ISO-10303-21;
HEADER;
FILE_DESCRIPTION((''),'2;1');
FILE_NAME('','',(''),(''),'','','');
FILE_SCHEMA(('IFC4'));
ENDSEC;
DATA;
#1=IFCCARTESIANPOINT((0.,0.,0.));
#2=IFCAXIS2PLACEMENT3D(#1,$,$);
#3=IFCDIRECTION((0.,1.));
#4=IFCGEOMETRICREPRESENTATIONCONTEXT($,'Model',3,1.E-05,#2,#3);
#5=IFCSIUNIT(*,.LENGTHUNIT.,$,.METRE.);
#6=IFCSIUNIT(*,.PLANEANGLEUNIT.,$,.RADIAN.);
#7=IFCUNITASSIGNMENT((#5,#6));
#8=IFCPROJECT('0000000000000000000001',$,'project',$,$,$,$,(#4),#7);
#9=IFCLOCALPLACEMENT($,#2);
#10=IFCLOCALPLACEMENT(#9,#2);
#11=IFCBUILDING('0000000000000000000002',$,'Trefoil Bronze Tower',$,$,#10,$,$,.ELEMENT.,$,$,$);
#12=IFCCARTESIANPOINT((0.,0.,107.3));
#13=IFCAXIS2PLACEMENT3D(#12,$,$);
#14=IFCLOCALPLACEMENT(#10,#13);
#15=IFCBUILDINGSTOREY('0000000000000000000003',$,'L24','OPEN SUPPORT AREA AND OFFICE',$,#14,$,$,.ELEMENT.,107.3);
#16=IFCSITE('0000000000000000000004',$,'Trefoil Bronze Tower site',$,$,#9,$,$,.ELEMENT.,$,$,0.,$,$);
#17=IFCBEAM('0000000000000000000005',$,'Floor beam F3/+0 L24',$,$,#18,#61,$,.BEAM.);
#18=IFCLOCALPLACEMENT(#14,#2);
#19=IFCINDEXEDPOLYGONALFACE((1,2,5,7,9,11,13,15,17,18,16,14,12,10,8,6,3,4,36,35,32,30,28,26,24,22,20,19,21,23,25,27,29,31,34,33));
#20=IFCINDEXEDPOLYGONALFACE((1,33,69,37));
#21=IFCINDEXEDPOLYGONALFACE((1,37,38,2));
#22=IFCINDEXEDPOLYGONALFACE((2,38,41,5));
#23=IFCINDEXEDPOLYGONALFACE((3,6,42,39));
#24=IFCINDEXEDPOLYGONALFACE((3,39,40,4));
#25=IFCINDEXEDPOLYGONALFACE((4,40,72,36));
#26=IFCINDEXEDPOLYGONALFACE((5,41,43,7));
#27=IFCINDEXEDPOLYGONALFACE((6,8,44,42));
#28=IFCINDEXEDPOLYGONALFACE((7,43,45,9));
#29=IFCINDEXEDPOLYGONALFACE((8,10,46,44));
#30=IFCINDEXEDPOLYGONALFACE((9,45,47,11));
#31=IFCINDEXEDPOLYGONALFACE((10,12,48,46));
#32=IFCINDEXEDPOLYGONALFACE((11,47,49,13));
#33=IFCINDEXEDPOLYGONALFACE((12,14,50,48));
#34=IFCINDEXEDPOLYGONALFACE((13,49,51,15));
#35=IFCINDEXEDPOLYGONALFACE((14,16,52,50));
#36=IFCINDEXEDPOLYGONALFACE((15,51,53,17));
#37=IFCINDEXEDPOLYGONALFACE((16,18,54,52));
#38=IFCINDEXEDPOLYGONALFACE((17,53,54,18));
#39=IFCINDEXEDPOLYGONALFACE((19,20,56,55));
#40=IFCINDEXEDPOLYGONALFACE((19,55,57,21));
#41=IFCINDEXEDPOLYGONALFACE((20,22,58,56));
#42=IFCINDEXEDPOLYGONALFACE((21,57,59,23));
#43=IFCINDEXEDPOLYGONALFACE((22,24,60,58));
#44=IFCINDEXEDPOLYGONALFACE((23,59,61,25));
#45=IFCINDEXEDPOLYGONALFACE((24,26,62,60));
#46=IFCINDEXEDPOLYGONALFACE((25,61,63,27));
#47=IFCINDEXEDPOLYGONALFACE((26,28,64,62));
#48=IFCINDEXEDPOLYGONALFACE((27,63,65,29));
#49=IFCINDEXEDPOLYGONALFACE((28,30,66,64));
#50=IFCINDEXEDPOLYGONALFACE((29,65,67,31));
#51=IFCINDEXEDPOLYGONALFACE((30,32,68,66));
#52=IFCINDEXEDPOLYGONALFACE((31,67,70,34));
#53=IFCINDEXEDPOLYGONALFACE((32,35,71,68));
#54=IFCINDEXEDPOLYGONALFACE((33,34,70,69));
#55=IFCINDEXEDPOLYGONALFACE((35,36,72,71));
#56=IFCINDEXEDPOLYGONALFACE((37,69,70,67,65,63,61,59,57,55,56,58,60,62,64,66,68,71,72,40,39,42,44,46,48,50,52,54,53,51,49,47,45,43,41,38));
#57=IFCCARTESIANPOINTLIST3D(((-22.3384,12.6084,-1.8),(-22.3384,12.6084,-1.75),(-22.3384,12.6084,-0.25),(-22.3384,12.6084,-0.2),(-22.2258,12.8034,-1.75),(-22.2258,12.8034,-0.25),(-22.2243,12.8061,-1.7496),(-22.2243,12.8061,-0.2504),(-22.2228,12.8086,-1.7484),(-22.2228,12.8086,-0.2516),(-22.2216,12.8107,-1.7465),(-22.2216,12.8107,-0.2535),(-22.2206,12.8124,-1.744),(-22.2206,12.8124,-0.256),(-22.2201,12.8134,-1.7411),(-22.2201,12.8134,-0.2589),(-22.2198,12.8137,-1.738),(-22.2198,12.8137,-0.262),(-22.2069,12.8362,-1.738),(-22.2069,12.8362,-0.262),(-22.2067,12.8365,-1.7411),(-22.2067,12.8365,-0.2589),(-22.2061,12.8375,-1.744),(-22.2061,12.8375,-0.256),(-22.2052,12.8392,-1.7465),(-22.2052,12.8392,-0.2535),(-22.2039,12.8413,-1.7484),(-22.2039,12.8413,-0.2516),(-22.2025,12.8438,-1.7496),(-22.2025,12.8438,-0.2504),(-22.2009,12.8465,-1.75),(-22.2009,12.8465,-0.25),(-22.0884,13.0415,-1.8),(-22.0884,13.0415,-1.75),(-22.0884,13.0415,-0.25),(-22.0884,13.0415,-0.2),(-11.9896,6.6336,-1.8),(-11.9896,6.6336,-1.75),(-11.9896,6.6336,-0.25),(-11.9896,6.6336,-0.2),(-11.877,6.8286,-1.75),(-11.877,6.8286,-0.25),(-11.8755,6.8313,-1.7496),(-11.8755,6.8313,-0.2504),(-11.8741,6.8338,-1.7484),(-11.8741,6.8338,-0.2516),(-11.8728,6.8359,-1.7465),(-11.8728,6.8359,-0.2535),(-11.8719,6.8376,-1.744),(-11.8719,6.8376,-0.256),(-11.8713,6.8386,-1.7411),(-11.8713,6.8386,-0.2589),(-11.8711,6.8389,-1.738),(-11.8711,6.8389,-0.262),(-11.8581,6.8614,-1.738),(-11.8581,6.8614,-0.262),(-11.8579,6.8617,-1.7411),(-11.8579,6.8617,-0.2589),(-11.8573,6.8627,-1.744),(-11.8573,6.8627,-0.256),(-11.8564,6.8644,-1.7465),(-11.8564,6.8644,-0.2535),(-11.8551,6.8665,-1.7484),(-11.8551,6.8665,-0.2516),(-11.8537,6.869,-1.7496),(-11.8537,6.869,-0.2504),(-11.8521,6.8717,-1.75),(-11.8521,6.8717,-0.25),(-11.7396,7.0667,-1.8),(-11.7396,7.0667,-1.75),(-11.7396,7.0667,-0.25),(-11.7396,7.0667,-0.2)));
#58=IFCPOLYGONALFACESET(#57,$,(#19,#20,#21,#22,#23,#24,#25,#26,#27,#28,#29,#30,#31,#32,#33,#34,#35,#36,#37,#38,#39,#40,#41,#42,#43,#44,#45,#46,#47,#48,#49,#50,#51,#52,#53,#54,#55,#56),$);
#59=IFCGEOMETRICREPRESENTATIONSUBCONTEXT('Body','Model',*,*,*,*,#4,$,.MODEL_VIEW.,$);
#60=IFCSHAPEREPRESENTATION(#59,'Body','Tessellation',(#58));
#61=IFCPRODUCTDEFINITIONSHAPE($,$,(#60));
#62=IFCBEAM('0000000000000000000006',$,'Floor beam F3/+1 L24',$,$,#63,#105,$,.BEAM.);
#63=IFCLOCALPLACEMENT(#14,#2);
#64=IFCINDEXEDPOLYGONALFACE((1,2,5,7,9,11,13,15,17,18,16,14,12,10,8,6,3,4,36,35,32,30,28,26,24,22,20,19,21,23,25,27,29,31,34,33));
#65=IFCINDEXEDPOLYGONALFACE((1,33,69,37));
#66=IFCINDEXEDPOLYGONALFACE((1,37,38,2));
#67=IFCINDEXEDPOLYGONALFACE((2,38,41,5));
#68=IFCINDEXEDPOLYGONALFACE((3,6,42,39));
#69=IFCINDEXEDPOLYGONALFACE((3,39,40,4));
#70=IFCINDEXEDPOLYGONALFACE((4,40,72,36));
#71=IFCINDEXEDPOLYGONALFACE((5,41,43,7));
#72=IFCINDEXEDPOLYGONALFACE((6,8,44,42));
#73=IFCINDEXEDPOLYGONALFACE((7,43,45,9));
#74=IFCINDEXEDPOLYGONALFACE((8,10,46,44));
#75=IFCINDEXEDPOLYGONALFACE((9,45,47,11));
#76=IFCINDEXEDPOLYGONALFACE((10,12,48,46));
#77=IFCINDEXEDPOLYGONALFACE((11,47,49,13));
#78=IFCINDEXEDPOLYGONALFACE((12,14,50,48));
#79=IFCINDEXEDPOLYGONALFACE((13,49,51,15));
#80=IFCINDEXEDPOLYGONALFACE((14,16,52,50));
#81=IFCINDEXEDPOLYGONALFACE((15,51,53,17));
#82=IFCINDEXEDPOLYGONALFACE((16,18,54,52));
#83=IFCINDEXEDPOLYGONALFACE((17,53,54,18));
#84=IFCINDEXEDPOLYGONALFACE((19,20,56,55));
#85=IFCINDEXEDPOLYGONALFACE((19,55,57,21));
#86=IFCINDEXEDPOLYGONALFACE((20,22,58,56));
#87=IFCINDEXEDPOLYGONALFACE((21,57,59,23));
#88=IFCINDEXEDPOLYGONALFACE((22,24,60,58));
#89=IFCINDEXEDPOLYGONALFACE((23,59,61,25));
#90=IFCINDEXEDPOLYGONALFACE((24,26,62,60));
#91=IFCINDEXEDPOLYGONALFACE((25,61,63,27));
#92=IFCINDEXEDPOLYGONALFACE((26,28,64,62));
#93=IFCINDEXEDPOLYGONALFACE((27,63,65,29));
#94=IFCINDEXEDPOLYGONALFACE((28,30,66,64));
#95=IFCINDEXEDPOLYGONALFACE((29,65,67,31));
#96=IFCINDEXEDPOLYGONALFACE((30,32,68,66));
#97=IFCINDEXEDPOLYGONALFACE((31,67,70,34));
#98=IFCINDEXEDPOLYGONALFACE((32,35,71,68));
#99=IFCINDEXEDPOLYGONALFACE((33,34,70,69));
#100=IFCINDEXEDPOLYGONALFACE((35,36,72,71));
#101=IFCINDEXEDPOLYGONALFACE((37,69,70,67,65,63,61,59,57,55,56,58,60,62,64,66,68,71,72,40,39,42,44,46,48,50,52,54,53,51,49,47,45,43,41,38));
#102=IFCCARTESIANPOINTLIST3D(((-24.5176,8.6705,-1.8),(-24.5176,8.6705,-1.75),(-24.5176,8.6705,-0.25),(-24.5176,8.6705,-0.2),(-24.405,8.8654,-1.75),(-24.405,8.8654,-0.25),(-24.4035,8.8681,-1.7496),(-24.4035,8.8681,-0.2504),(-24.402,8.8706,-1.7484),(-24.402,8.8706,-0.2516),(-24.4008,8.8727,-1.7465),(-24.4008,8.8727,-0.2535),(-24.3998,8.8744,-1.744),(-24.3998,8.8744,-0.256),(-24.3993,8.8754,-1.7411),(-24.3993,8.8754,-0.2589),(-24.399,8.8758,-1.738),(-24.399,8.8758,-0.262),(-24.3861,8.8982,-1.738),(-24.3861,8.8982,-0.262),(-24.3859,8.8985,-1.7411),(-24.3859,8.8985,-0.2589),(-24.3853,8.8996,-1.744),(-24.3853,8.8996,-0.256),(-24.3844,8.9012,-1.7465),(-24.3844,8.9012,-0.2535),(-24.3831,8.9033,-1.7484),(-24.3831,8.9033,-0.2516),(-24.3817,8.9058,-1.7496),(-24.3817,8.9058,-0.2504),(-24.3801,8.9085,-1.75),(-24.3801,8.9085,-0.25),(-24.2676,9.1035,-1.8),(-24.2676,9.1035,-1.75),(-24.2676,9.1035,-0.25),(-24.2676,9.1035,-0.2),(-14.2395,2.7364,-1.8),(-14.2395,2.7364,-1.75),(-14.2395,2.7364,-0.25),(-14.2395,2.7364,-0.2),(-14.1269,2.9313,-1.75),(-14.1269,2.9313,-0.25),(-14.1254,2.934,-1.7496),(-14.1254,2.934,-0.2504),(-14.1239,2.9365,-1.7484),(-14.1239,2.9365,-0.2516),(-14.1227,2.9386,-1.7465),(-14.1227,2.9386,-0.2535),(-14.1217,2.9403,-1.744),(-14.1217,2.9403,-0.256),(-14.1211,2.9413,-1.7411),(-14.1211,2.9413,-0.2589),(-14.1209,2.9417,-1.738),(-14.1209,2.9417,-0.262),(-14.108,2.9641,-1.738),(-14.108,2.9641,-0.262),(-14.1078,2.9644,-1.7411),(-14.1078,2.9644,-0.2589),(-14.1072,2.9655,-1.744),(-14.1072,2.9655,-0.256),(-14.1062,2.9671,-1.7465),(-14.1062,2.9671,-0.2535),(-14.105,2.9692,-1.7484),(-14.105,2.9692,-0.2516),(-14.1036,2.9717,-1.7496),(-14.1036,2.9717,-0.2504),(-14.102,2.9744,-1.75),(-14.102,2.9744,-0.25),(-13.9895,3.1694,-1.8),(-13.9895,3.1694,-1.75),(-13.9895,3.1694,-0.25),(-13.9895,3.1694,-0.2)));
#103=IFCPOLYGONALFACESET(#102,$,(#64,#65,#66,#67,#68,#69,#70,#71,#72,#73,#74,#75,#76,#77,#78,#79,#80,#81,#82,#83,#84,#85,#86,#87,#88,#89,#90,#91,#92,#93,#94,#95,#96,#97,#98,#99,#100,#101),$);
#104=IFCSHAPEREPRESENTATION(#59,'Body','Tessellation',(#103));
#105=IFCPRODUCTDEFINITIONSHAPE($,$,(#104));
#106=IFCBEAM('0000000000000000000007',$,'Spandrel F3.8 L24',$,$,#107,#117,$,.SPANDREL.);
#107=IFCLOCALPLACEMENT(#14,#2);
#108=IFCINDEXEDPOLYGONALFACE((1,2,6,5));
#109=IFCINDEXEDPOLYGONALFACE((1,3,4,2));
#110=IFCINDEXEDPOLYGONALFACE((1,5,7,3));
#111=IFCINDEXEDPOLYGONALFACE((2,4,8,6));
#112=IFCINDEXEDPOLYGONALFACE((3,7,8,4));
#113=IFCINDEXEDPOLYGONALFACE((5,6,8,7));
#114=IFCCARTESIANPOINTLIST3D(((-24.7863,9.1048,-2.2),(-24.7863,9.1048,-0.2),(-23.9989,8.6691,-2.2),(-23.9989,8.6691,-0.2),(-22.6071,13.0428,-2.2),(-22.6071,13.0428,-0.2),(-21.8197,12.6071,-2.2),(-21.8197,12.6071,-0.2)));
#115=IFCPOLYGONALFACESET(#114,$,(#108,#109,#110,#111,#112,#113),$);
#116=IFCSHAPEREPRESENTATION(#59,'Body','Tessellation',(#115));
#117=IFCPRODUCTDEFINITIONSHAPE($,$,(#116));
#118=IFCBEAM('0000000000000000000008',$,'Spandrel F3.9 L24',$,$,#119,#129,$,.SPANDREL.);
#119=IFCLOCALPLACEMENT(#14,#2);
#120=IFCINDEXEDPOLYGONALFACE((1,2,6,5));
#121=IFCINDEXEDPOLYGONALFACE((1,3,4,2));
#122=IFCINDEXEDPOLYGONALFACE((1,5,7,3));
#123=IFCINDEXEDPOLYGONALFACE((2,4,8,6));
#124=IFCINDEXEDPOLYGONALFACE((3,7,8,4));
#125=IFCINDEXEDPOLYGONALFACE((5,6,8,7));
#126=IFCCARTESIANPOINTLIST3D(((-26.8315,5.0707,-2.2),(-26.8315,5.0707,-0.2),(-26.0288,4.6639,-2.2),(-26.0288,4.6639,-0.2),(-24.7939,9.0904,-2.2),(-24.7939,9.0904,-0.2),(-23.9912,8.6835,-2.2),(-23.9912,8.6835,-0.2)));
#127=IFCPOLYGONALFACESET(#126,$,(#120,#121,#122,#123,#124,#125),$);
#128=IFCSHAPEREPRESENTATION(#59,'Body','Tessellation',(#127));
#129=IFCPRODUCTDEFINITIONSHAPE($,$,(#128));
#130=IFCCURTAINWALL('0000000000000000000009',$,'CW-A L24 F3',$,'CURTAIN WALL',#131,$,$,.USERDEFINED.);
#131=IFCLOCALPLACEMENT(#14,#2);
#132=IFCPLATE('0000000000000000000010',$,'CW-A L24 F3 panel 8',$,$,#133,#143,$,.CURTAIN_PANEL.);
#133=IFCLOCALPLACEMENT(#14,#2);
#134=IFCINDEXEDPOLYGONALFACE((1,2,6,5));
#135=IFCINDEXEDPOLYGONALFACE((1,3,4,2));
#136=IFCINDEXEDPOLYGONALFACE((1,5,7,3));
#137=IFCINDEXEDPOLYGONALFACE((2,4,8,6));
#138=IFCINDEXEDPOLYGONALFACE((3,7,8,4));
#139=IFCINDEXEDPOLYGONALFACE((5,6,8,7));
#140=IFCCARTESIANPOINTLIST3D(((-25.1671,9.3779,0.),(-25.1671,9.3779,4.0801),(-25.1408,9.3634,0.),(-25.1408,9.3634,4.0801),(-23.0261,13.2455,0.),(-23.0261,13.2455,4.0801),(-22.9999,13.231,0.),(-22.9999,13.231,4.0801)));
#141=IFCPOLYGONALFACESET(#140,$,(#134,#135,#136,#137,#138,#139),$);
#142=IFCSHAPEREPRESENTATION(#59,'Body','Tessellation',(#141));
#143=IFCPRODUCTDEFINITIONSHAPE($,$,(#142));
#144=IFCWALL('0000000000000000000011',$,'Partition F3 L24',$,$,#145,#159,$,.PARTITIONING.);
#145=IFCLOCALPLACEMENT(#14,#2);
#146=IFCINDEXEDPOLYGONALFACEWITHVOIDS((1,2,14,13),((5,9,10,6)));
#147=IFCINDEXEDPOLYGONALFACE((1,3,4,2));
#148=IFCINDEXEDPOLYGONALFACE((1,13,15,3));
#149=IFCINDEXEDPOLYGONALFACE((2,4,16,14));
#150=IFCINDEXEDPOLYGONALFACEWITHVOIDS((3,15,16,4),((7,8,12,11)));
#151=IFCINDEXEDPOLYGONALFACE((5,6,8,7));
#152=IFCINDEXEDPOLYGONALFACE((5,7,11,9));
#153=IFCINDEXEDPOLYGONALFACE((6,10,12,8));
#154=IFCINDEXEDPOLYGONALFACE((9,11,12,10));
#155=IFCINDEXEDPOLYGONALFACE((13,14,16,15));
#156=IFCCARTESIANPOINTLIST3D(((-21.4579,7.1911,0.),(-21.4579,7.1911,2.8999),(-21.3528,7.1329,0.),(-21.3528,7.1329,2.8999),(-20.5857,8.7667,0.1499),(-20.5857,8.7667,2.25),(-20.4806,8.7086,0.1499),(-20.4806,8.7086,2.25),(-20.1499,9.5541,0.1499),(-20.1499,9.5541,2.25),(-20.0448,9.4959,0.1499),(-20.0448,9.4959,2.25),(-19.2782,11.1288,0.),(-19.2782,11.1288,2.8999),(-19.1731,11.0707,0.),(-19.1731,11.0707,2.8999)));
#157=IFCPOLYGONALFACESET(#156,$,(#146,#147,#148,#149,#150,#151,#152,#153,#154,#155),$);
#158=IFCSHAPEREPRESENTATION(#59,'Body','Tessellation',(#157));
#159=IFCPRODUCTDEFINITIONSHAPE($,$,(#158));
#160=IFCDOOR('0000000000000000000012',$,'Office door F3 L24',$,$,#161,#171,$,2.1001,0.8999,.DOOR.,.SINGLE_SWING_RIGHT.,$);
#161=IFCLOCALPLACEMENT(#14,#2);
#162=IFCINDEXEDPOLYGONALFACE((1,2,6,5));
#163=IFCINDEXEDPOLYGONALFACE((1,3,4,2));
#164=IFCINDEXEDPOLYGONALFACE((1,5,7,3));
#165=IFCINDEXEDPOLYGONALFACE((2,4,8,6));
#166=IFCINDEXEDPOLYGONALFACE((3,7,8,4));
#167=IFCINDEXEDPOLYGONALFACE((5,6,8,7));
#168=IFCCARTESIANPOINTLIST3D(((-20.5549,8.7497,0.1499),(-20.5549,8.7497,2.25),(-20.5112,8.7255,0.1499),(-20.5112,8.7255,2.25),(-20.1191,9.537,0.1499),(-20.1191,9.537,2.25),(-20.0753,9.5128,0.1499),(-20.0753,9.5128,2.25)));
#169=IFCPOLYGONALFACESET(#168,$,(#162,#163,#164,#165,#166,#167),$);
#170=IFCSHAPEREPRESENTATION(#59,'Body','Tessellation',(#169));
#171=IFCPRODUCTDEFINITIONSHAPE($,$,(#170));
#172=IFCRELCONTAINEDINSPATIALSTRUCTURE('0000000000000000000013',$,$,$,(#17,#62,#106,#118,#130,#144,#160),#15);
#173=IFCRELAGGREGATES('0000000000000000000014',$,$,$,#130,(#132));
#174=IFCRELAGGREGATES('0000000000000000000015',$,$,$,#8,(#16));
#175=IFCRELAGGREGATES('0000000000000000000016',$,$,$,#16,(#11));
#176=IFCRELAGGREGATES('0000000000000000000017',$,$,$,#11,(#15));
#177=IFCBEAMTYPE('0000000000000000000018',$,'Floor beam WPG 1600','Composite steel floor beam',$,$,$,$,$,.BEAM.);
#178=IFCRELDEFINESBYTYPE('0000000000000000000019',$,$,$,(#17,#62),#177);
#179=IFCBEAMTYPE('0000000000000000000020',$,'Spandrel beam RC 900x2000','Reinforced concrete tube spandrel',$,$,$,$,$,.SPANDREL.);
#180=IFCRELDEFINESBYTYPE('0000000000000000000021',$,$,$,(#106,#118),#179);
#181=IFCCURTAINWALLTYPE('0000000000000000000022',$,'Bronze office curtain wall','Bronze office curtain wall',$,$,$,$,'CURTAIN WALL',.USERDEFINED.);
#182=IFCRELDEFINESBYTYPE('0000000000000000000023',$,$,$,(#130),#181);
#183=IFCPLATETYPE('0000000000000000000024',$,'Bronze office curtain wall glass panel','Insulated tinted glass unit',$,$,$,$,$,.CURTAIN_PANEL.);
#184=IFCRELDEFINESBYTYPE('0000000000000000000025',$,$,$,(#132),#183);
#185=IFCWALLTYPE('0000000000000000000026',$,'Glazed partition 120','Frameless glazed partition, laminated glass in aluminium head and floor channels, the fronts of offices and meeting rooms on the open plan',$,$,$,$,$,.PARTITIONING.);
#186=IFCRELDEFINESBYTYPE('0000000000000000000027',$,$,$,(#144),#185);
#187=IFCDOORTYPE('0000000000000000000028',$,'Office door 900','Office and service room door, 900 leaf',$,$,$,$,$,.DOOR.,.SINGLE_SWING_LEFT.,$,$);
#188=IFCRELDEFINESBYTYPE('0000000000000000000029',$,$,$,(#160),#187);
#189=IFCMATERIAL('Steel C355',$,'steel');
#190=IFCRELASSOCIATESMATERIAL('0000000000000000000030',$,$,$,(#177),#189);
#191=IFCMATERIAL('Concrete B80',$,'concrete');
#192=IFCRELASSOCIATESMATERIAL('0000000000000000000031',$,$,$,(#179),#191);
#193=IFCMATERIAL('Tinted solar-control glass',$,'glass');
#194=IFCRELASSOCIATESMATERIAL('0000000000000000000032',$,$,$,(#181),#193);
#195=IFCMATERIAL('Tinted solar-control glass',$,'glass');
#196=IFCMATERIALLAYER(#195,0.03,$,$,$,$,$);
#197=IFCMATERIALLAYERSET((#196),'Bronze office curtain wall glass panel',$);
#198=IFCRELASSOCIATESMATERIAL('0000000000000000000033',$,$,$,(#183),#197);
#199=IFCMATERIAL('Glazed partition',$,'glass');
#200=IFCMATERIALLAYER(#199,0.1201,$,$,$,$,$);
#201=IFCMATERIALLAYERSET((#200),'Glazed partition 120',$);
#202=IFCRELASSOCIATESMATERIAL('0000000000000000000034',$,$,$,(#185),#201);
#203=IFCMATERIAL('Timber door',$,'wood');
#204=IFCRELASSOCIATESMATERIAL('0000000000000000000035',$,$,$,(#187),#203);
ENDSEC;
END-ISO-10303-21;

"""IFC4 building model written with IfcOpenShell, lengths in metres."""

from ifc_helpers import new_model, si_unit, direction, frame, frame_2d, origin, origin_2d, place, context, subcontext, project, spatial, rectangle, i_section, extrude, material, layer, layer_set, material_profile, profile_set, type_object, element, fill, aggregate, save


model = new_model("IFC4")

# Units and contexts
model_context = context("Model", 3, precision=1e-05, world=origin(), true_north=direction((0.0, 1.0)))
body_context = subcontext(model_context, "Body", "Model", "MODEL_VIEW")
ifc_project = project(units=[si_unit("LENGTHUNIT", "METRE"), si_unit("PLANEANGLEUNIT", "RADIAN")], contexts=[model_context])

# Site, building, storey
site_placement = place(None, origin())
site = spatial("IfcSite", under=ifc_project, at=site_placement, Name="Trefoil Bronze Tower site", CompositionType="ELEMENT", RefElevation=0.0)
building_placement = place(site_placement, origin())
building = spatial("IfcBuilding", under=site, at=building_placement, Name="Trefoil Bronze Tower", CompositionType="ELEMENT")
storey_placement = place(building_placement, frame((0.0, 0.0, 107.3)))
storey = spatial("IfcBuildingStorey", under=building, at=storey_placement, Name="L24", Description="OPEN SUPPORT AREA AND OFFICE", CompositionType="ELEMENT", Elevation=107.3)

# Beams
ifc_material_1 = material(Name="Steel C355", Category="steel")
ifc_material_profile_1 = material_profile(ifc_material_1, i_section(OverallWidth=0.5, OverallDepth=1.6001, WebThickness=0.0259, FlangeThickness=0.05, FilletRadius=0.012, at=origin_2d()), Name="WPG 1600")
ifc_profile_set_1 = profile_set([ifc_material_profile_1], Name="Steel C355")
beam_type_1 = type_object("IfcBeamType", Name="Floor beam WPG 1600", Description="Composite steel floor beam", PredefinedType="BEAM", material=ifc_profile_set_1)
beam_1_placement = place(storey_placement, frame((-22.2134, 12.825, -1.0), z_axis=(0.866028, -0.499995, 0.0), x_axis=(0.499995, 0.866028, 0.0)))
element("IfcBeam", 1, at=beam_1_placement, inside=storey, type_object=beam_type_1, Name="Floor beam F3/+0 L24", PredefinedType="BEAM", context=body_context, shape_type="SweptSolid", body=[
    extrude(i_section(OverallWidth=0.5, OverallDepth=1.6001, WebThickness=0.0259, FlangeThickness=0.05, FilletRadius=0.012, at=origin_2d()), origin(), (0.0, 0.0, 1.0), 11.9497),
])
beam_2_placement = place(storey_placement, frame((-24.3926, 8.887, -1.0), z_axis=(0.866024, -0.500002, 0.0), x_axis=(0.500002, 0.866024, 0.0)))
element("IfcBeam", 2, at=beam_2_placement, inside=storey, type_object=beam_type_1, Name="Floor beam F3/+1 L24", PredefinedType="BEAM", context=body_context, shape_type="SweptSolid", body=[
    extrude(i_section(OverallWidth=0.5, OverallDepth=1.6001, WebThickness=0.0259, FlangeThickness=0.05, FilletRadius=0.012, at=origin_2d()), origin(), (0.0, 0.0, 1.0), 11.8682),
])
ifc_material_2 = material(Name="Concrete B80", Category="concrete")
ifc_material_profile_2 = material_profile(ifc_material_2, rectangle(XDim=0.8999, YDim=2.0, at=origin_2d()), Name="RC 900x2000")
ifc_profile_set_2 = profile_set([ifc_material_profile_2], Name="Concrete B80")
beam_type_2 = type_object("IfcBeamType", Name="Spandrel beam RC 900x2000", Description="Reinforced concrete tube spandrel", PredefinedType="SPANDREL", material=ifc_profile_set_2)
beam_3_placement = place(storey_placement, frame((-22.2134, 12.825, -1.2), z_axis=(-0.484187, -0.874965, 0.0), x_axis=(0.874965, -0.484187, 0.0)))
element("IfcBeam", 3, at=beam_3_placement, inside=storey, type_object=beam_type_2, Name="Spandrel F3.8 L24", PredefinedType="SPANDREL", context=body_context, shape_type="SweptSolid", body=[
    extrude(rectangle(XDim=0.8999, YDim=2.0, at=origin_2d()), origin(), (0.0, 0.0, 1.0), 4.5007),
])
beam_4_placement = place(storey_placement, frame((-24.3926, 8.887, -1.2), z_axis=(-0.452126, -0.891954, 0.0), x_axis=(0.891954, -0.452126, 0.0)))
element("IfcBeam", 4, at=beam_4_placement, inside=storey, type_object=beam_type_2, Name="Spandrel F3.9 L24", PredefinedType="SPANDREL", context=body_context, shape_type="SweptSolid", body=[
    extrude(rectangle(XDim=0.8999, YDim=2.0, at=origin_2d()), origin(), (0.0, 0.0, 1.0), 4.5066),
])

# Curtain wall, plate
ifc_material_3 = material(Name="Tinted solar-control glass", Category="glass")
curtain_wall_type = type_object("IfcCurtainWallType", Name="Bronze office curtain wall", Description="Bronze office curtain wall", ElementType="CURTAIN WALL", PredefinedType="USERDEFINED", material=ifc_material_3)
curtain_wall_placement = place(storey_placement, origin())
curtain_wall = element("IfcCurtainWall", 5, at=curtain_wall_placement, inside=storey, type_object=curtain_wall_type, Name="CW-A L24 F3", ObjectType="CURTAIN WALL", PredefinedType="USERDEFINED")
ifc_material_4 = material(Name="Tinted solar-control glass", Category="glass")
ifc_layer_1 = layer(ifc_material_4, 0.03)
ifc_layer_set_1 = layer_set([ifc_layer_1], Name="Bronze office curtain wall glass panel")
plate_type = type_object("IfcPlateType", Name="Bronze office curtain wall glass panel", Description="Insulated tinted glass unit", PredefinedType="CURTAIN_PANEL", material=ifc_layer_set_1)
plate_placement = place(storey_placement, frame((-24.0835, 11.3044, 0.0), z_axis=(0.0, 0.0, 1.0), x_axis=(-0.484312, -0.874895, 0.0)))
plate = element("IfcPlate", 6, at=plate_placement, type_object=plate_type, Name="CW-A L24 F3 panel 8", PredefinedType="CURTAIN_PANEL", context=body_context, shape_type="SweptSolid", body=[
    extrude(rectangle(XDim=4.4207, YDim=0.03, at=origin_2d()), origin(), (0.0, 0.0, 1.0), 4.0801),
])
aggregate(curtain_wall, [plate])

# Wall, opening, door
ifc_material_5 = material(Name="Glazed partition", Category="glass")
ifc_layer_2 = layer(ifc_material_5, 0.1201)
ifc_layer_set_2 = layer_set([ifc_layer_2], Name="Glazed partition 120")
wall_type_1 = type_object("IfcWallType", Name="Glazed partition 120", Description="Frameless glazed partition, laminated glass in aluminium head and floor channels, the fronts of offices and meeting rooms on the open plan", PredefinedType="PARTITIONING", material=ifc_layer_set_2)
wall_1_placement = place(storey_placement, frame((-19.2256, 11.0999, 0.0), z_axis=(0.0, 0.0, 1.0), x_axis=(-0.484293, -0.874906, 0.0)))
wall_1 = element("IfcWall", 7, at=wall_1_placement, inside=storey, type_object=wall_type_1, Name="Partition F3 L24", PredefinedType="PARTITIONING", context=body_context, shape_type="SweptSolid", body=[
    extrude(rectangle(XDim=4.5007, YDim=0.1201, at=frame_2d((2.2505, 0.0))), origin(), (0.0, 0.0, 1.0), 2.8999),
])
opening_1_placement = place(wall_1_placement, frame((1.8, 0.0, 0.1499)))
opening_1 = element("IfcOpeningElement", 8, at=opening_1_placement, cuts=wall_1, PredefinedType="OPENING", context=body_context, shape_type="SweptSolid", body=[
    extrude(rectangle(XDim=0.8999, YDim=2.1001, at=frame_2d((0.45, 1.05))), frame((0.0, 0.0701, 0.0), z_axis=(0.0, -1.0, 0.0), x_axis=(1.0, 0.0, 0.0)), (0.0, 0.0, 1.0), 0.1401),
])
ifc_material_6 = material(Name="Timber door", Category="wood")
door_type = type_object("IfcDoorType", Name="Office door 900", Description="Office and service room door, 900 leaf", OperationType="SINGLE_SWING_LEFT", PredefinedType="DOOR", material=ifc_material_6)
door_1_placement = place(opening_1_placement, frame((0.8999, 0.0, 0.0), z_axis=(0.0, 0.0, 1.0), x_axis=(-1.0, 0.0, 0.0)))
door_1 = element("IfcDoor", 9, at=door_1_placement, inside=storey, type_object=door_type, Name="Office door F3 L24", OperationType="SINGLE_SWING_RIGHT", OverallHeight=2.1001, OverallWidth=0.8999, PredefinedType="DOOR", context=body_context, shape_type="SweptSolid", body=[
    extrude(rectangle(XDim=0.8999, YDim=2.1001, at=frame_2d((0.45, 1.05))), frame((0.0, 0.0249, 0.0), z_axis=(0.0, -1.0, 0.0), x_axis=(1.0, 0.0, 0.0)), (0.0, 0.0, 1.0), 0.05),
])
fill(opening_1, door_1)

save(model, "model.ifc")
